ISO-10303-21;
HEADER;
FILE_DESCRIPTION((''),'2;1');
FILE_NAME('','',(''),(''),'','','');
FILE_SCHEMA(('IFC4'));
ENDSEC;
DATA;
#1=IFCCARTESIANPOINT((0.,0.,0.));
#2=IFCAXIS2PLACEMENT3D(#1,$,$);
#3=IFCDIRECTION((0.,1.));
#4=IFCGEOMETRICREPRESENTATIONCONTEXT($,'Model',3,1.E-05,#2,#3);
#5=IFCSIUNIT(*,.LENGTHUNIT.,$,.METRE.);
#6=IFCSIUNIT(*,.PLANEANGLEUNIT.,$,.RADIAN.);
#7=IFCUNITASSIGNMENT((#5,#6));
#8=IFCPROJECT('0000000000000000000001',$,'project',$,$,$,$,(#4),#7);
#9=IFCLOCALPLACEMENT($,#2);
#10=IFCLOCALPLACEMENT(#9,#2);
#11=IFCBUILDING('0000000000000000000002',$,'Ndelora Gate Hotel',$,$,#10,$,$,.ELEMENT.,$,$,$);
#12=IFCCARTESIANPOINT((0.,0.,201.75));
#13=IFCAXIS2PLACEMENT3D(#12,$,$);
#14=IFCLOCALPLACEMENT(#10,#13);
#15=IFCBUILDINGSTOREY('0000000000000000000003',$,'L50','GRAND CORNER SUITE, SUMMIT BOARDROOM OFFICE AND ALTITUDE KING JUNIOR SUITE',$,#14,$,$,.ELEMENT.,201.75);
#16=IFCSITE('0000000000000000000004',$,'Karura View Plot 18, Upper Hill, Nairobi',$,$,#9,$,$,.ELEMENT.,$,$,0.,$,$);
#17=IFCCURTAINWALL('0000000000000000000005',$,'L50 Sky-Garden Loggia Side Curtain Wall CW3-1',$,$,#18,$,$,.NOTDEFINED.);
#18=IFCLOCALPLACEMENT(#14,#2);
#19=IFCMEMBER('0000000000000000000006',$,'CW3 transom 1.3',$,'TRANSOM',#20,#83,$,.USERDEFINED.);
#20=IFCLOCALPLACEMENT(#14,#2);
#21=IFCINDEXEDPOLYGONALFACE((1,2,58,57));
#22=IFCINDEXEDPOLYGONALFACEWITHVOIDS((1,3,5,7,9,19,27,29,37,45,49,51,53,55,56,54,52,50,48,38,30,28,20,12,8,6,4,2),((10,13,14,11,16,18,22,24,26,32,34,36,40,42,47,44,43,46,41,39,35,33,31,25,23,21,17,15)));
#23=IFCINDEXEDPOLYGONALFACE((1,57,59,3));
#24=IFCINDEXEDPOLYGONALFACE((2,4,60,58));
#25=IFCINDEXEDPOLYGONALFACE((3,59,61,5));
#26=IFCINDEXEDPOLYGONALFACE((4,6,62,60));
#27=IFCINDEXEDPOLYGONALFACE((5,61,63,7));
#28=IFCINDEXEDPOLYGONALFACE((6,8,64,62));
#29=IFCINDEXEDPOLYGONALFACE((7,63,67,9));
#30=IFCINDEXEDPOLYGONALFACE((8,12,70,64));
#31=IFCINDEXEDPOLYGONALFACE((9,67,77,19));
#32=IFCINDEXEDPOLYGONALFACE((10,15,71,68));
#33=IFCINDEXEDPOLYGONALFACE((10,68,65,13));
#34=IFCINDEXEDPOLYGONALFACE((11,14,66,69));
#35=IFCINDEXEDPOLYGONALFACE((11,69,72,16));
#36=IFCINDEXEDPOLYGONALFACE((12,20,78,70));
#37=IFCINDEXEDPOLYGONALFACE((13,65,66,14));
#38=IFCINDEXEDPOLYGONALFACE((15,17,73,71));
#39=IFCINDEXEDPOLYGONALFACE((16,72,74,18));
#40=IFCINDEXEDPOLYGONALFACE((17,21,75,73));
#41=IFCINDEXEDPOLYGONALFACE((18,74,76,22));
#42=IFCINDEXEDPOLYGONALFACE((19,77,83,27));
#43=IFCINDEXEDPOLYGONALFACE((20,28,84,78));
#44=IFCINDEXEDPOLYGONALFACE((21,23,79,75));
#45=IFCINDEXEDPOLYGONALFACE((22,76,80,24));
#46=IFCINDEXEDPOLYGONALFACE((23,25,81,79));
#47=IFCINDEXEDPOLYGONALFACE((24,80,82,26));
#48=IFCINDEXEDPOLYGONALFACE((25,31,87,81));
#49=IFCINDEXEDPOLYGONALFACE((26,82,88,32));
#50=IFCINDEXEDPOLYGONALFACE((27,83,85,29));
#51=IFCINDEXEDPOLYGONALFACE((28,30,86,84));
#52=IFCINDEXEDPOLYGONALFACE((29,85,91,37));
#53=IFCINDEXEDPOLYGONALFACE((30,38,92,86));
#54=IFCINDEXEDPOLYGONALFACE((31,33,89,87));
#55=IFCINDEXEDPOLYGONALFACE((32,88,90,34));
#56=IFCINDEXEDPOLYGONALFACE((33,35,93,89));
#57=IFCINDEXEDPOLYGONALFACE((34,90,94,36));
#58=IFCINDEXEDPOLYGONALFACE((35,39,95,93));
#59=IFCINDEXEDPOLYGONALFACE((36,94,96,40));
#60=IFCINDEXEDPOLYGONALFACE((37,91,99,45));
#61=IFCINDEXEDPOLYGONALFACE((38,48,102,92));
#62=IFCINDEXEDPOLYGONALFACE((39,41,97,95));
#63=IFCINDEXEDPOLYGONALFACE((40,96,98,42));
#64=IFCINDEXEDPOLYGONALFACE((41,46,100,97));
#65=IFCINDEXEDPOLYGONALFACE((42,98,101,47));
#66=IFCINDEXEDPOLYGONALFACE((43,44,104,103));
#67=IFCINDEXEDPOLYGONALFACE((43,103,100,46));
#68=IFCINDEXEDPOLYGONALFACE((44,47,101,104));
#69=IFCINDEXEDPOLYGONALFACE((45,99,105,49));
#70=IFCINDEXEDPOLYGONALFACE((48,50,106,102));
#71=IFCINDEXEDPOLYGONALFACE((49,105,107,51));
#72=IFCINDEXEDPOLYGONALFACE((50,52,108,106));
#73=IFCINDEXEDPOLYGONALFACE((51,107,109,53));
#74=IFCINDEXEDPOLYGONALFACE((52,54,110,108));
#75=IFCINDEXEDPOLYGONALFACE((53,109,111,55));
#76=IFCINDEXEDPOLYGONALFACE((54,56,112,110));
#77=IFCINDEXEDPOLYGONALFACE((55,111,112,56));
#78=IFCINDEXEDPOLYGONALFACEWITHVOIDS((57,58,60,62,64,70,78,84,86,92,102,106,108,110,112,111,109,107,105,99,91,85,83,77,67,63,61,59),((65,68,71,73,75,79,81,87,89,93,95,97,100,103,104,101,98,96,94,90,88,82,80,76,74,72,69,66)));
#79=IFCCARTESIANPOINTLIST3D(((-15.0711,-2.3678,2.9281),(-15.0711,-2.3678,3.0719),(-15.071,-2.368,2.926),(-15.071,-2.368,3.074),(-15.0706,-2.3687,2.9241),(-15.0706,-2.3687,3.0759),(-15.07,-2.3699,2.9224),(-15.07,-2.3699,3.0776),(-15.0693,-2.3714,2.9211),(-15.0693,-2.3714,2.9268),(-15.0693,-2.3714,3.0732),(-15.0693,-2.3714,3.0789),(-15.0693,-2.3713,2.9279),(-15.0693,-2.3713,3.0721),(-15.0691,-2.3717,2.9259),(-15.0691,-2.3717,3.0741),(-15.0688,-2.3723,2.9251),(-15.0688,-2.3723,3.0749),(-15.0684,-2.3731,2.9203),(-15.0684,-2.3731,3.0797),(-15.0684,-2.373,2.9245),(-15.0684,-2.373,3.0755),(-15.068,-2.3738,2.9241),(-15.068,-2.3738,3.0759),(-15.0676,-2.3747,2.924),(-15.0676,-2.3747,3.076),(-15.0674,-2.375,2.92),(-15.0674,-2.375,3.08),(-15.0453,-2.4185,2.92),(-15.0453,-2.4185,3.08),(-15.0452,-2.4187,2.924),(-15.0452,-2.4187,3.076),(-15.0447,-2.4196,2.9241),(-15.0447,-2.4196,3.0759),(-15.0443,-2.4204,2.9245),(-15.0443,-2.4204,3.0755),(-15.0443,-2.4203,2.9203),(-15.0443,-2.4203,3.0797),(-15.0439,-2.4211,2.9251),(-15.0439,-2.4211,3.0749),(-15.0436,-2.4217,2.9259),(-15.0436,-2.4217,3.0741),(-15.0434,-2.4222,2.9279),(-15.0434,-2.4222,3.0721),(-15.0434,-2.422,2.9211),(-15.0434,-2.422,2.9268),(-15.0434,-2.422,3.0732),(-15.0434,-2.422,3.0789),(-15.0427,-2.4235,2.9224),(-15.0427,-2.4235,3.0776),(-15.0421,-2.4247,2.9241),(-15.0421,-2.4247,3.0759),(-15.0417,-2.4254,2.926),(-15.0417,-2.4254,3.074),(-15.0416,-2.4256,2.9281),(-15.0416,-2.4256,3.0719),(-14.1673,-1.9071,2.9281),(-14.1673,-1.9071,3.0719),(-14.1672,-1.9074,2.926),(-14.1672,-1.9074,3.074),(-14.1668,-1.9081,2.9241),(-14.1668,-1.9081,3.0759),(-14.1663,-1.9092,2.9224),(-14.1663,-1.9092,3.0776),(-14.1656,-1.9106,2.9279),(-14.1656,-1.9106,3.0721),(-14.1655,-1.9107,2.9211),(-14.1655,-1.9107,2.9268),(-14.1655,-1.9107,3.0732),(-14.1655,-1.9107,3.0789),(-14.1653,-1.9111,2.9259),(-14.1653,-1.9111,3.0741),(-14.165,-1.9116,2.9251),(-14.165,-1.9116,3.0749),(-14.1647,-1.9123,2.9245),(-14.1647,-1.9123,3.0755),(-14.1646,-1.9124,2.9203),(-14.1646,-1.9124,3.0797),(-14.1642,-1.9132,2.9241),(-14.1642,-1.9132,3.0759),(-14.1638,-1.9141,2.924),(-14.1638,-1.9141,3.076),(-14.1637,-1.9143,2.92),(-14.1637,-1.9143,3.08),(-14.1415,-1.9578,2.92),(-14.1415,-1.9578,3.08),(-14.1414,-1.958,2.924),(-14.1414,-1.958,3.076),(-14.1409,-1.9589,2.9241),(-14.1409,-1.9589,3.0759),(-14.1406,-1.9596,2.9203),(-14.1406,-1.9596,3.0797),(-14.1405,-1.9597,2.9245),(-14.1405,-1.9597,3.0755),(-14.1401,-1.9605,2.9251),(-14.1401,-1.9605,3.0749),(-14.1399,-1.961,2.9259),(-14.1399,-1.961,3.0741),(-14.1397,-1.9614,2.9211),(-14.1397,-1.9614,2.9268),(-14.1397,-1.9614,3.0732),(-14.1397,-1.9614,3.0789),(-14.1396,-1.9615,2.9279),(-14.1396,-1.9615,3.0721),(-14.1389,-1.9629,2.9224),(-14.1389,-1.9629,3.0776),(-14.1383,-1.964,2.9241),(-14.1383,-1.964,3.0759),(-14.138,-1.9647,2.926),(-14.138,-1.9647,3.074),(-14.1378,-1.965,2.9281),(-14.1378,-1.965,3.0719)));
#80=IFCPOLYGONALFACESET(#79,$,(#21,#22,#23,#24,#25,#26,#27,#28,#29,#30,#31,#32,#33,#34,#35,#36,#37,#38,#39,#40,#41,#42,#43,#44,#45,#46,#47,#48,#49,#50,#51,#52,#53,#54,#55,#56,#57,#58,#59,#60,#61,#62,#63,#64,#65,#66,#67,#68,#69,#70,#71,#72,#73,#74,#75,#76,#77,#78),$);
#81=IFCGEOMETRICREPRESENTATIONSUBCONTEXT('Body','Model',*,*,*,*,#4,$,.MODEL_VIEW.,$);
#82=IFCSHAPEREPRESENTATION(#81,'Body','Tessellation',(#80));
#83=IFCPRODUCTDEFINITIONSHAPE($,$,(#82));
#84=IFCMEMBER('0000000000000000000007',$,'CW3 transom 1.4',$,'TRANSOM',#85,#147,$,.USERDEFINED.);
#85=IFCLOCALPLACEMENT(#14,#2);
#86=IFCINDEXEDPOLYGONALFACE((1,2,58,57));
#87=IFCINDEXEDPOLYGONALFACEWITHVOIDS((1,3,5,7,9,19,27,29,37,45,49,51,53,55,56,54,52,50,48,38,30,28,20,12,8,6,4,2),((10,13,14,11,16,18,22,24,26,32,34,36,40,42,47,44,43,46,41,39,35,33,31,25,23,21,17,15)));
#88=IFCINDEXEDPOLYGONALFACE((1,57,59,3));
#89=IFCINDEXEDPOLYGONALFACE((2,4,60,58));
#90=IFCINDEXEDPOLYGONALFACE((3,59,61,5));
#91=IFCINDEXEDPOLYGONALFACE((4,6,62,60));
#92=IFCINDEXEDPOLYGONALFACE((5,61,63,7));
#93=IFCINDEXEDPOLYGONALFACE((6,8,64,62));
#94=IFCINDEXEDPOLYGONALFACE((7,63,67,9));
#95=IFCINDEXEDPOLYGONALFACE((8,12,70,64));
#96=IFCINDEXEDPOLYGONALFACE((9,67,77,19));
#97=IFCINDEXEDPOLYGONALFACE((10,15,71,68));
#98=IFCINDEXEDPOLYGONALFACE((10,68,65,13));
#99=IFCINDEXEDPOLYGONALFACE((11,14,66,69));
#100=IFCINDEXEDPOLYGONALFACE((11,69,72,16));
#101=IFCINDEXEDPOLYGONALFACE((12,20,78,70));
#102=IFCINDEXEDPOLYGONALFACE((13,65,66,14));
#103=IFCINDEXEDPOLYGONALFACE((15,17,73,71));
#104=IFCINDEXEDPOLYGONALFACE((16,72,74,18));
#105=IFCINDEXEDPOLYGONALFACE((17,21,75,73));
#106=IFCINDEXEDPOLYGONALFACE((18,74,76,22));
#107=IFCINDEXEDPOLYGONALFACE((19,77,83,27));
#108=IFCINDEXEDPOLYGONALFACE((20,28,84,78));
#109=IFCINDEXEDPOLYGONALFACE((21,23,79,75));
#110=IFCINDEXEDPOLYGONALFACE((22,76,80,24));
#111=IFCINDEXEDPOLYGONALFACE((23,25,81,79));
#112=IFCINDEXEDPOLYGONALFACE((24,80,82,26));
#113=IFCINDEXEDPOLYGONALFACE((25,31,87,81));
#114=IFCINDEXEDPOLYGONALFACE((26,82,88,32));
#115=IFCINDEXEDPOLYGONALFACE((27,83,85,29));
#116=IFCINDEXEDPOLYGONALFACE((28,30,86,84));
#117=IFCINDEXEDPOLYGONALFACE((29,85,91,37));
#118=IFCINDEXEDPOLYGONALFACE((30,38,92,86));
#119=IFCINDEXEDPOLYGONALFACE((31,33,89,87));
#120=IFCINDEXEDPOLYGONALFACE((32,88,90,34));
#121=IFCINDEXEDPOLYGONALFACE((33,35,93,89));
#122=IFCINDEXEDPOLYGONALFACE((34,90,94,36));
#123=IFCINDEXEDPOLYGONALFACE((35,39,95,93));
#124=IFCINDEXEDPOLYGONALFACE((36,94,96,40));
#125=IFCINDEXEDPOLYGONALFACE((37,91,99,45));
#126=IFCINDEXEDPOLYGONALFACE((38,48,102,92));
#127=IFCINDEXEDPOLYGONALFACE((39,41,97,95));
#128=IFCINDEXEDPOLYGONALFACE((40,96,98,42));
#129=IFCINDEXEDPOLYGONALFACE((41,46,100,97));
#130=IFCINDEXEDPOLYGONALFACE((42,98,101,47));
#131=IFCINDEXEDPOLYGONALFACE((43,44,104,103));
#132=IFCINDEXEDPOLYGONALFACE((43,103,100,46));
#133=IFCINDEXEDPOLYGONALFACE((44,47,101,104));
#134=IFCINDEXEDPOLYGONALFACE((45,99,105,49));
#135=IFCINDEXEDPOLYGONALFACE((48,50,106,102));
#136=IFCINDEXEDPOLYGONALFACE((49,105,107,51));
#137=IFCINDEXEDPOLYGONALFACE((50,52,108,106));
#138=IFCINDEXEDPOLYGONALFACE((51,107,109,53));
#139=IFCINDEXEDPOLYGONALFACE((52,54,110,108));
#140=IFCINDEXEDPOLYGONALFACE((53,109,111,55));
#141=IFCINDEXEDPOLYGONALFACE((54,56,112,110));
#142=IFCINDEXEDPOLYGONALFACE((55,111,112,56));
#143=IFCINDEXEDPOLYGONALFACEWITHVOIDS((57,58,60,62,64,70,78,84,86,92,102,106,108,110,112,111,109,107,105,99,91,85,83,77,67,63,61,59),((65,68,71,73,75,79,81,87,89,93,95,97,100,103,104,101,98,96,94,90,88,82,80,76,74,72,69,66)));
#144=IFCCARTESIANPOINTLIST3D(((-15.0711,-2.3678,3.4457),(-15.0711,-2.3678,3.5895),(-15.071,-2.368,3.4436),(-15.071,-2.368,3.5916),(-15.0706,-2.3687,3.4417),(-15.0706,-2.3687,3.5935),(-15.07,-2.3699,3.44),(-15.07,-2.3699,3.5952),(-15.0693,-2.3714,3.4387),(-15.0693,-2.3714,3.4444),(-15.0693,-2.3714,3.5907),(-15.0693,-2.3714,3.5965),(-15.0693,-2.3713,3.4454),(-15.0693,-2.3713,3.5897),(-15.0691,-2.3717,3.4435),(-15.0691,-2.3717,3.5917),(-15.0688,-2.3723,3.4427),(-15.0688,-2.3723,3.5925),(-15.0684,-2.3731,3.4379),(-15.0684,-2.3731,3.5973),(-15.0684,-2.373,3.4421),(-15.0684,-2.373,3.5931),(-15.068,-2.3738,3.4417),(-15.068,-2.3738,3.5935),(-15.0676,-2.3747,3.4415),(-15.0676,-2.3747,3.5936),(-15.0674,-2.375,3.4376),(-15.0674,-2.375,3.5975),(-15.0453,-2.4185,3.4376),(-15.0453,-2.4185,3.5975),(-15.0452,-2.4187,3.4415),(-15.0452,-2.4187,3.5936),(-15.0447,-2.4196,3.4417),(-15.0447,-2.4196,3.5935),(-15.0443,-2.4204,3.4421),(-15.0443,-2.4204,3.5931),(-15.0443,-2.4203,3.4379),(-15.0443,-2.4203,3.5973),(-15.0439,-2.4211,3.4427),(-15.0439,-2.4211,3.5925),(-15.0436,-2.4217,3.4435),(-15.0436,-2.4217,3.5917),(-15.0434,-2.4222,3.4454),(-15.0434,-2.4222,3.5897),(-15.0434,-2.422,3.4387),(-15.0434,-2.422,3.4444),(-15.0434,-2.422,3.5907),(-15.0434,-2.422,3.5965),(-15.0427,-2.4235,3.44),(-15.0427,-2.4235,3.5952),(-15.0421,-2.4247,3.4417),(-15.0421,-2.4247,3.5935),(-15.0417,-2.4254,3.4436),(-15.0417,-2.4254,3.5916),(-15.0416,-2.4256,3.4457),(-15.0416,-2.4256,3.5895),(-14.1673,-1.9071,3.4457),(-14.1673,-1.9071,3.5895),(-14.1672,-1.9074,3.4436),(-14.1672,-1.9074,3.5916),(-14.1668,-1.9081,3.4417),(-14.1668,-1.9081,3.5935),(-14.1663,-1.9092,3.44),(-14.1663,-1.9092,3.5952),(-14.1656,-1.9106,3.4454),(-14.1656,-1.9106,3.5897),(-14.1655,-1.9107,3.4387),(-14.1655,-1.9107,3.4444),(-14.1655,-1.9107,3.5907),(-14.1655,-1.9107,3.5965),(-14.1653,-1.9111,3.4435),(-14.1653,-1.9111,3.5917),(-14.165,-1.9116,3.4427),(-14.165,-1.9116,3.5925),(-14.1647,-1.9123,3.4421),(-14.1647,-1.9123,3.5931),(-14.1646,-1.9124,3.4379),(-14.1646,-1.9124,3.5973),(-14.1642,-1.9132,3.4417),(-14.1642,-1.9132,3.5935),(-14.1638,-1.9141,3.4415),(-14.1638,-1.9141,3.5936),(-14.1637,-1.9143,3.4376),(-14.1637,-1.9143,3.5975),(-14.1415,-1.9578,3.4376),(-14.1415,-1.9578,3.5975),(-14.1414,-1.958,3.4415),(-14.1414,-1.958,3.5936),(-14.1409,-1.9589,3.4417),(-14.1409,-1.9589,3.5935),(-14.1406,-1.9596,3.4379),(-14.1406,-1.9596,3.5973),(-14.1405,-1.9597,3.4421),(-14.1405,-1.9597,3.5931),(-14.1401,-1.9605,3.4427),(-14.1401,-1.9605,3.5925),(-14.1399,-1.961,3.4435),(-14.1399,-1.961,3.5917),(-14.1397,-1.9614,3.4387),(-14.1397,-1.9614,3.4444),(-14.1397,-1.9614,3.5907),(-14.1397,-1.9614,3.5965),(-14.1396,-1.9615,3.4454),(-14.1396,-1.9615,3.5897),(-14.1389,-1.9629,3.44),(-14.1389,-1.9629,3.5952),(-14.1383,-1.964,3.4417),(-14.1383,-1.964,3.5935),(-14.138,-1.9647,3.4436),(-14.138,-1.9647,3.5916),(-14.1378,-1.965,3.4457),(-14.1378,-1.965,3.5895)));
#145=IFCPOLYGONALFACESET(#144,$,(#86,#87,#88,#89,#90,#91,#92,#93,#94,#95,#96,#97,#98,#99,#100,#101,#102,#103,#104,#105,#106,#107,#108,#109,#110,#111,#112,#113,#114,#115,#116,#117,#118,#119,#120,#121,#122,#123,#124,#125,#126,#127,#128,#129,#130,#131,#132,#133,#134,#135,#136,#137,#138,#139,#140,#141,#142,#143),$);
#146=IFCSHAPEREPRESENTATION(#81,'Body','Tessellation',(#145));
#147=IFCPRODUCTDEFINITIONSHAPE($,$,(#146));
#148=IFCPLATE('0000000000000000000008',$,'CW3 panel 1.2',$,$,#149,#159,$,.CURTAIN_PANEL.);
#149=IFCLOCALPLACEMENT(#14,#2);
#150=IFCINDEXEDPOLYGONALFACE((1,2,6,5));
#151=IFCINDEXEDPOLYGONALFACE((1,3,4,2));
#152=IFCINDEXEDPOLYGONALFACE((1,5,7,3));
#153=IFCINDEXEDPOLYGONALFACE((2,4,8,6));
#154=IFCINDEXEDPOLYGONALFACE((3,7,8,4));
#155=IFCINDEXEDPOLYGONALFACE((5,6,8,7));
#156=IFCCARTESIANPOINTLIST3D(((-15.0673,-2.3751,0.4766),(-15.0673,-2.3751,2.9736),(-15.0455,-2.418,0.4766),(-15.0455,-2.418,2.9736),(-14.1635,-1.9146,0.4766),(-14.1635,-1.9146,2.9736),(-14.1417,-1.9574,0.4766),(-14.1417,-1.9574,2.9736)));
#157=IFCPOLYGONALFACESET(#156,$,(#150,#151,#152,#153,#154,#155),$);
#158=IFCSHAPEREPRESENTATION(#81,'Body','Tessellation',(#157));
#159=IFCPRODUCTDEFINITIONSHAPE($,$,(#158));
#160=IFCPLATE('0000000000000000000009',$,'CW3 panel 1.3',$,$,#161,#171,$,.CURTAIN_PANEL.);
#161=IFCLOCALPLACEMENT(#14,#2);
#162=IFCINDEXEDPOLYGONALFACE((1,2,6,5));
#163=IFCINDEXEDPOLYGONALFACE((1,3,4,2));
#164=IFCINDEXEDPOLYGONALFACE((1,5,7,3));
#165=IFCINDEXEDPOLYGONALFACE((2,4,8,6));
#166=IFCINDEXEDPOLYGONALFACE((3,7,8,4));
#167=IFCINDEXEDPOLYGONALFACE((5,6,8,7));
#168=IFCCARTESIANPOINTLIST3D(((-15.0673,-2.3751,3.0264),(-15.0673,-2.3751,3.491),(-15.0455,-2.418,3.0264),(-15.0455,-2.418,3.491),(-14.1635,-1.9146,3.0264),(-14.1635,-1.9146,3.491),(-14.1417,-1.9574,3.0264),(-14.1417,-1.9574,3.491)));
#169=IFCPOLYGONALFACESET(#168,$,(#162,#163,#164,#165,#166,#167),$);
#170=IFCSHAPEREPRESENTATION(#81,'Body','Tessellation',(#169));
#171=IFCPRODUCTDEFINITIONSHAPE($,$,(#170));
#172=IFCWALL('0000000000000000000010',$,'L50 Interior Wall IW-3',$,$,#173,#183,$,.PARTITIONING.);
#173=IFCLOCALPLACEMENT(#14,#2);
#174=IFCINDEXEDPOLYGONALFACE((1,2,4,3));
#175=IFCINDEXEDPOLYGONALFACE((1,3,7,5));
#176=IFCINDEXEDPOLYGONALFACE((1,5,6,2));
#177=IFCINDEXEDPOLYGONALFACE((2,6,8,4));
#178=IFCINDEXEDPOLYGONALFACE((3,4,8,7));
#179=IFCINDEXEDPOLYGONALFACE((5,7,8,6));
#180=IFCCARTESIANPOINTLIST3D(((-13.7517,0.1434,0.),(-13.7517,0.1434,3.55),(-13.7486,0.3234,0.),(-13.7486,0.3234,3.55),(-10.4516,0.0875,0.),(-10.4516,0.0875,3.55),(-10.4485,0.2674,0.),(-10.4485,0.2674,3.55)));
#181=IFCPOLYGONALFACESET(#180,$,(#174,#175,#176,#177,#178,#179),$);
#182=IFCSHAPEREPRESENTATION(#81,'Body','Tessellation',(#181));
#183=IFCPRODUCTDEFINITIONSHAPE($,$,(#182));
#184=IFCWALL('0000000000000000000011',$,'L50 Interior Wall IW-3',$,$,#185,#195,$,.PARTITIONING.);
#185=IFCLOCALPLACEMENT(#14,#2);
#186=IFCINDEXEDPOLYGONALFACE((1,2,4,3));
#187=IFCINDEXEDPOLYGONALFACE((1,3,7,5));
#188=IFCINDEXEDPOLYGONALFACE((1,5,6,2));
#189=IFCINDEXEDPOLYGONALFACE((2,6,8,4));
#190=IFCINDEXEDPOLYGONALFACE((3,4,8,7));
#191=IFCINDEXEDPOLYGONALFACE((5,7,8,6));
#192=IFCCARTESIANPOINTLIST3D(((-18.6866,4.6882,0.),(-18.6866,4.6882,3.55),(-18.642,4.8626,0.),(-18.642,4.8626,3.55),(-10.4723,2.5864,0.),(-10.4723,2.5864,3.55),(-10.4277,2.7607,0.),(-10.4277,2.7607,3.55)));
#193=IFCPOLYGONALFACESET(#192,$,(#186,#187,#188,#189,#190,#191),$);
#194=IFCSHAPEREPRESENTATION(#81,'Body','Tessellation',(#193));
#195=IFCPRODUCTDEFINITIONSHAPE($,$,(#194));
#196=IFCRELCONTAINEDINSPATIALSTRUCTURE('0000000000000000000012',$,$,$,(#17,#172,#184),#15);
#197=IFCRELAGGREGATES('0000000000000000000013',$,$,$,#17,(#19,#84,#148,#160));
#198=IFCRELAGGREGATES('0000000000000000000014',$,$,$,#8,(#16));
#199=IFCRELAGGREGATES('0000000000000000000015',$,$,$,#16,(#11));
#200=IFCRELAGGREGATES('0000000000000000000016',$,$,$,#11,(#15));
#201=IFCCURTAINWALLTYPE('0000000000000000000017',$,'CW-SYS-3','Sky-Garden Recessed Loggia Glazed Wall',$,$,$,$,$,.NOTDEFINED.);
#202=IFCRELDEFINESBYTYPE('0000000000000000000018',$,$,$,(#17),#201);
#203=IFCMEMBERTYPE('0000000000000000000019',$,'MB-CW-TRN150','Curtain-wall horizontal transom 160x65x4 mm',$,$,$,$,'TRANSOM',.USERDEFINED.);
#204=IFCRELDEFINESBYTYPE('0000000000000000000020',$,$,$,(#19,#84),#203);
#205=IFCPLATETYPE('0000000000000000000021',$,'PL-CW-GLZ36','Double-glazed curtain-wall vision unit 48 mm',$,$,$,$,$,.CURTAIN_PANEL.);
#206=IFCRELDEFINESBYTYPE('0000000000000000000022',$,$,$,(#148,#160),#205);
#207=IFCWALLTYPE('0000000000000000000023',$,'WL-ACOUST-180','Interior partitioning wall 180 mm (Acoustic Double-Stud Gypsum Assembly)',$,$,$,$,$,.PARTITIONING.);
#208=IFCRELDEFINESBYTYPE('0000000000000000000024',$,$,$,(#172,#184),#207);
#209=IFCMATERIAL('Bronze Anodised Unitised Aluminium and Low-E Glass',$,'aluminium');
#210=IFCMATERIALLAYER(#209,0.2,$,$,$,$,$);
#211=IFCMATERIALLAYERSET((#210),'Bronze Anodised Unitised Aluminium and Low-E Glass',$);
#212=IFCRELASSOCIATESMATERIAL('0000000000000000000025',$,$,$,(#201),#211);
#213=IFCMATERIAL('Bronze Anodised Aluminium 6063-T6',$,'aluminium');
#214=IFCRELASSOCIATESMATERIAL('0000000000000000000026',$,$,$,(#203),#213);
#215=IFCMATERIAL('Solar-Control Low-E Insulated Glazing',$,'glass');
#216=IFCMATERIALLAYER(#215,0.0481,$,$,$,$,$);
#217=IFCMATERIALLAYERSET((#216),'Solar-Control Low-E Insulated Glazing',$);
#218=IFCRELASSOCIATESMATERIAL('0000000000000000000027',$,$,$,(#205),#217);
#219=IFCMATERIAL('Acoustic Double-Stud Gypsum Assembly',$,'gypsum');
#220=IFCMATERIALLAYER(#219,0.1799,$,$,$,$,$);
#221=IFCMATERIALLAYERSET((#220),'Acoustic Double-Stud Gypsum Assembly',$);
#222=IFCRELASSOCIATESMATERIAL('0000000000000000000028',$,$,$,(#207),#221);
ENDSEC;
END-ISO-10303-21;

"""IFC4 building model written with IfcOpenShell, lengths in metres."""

from ifc_helpers import new_model, si_unit, direction, frame, frame_2d, origin, origin_2d, place, context, subcontext, project, spatial, rectangle, hollow_rectangle, extrude, material, layer, layer_set, material_profile, profile_set, type_object, element, aggregate, save


model = new_model("IFC4")

# Units and contexts
model_context = context("Model", 3, precision=1e-05, world=origin(), true_north=direction((0.0, 1.0)))
body_context = subcontext(model_context, "Body", "Model", "MODEL_VIEW")
ifc_project = project(units=[si_unit("LENGTHUNIT", "METRE"), si_unit("PLANEANGLEUNIT", "RADIAN")], contexts=[model_context])

# Site, building, storey
site_placement = place(None, origin())
site = spatial("IfcSite", under=ifc_project, at=site_placement, Name="Karura View Plot 18, Upper Hill, Nairobi", CompositionType="ELEMENT", RefElevation=0.0)
building_placement = place(site_placement, origin())
building = spatial("IfcBuilding", under=site, at=building_placement, Name="Ndelora Gate Hotel", CompositionType="ELEMENT")
storey_placement = place(building_placement, frame((0.0, 0.0, 201.75)))
storey = spatial("IfcBuildingStorey", under=building, at=storey_placement, Name="L50", Description="GRAND CORNER SUITE, SUMMIT BOARDROOM OFFICE AND ALTITUDE KING JUNIOR SUITE", CompositionType="ELEMENT", Elevation=201.75)

# Curtain wall, members, plates
ifc_material_1 = material(Name="Bronze Anodised Unitised Aluminium and Low-E Glass", Category="aluminium")
ifc_layer_1 = layer(ifc_material_1, 0.2)
ifc_layer_set_1 = layer_set([ifc_layer_1], Name="Bronze Anodised Unitised Aluminium and Low-E Glass")
curtain_wall_type = type_object("IfcCurtainWallType", Name="CW-SYS-3", Description="Sky-Garden Recessed Loggia Glazed Wall", PredefinedType="NOTDEFINED", material=ifc_layer_set_1)
curtain_wall_placement = place(storey_placement, origin())
curtain_wall = element("IfcCurtainWall", 1, at=curtain_wall_placement, inside=storey, type_object=curtain_wall_type, Name="L50 Sky-Garden Loggia Side Curtain Wall CW3-1", PredefinedType="NOTDEFINED")
ifc_material_2 = material(Name="Bronze Anodised Aluminium 6063-T6", Category="aluminium")
ifc_material_profile_1 = material_profile(ifc_material_2, hollow_rectangle(XDim=0.0649, YDim=0.1599, WallThickness=0.0039, InnerFilletRadius=0.0039, OuterFilletRadius=0.0081, at=origin_2d()), Name="ALU 160x65x4")
ifc_profile_set_1 = profile_set([ifc_material_profile_1], Name="Bronze Anodised Aluminium 6063-T6")
member_type_1 = type_object("IfcMemberType", Name="MB-CW-TRN150", Description="Curtain-wall horizontal transom 160x65x4 mm", ElementType="TRANSOM", PredefinedType="USERDEFINED", material=ifc_profile_set_1)
member_1_placement = place(storey_placement, frame((-14.1526, -1.936, 3.0), z_axis=(-0.890935, -0.454131, 0.0), x_axis=(0.454131, -0.890935, 0.0)))
member_1 = element("IfcMember", 2, at=member_1_placement, type_object=member_type_1, Name="CW3 transom 1.3", ObjectType="TRANSOM", PredefinedType="USERDEFINED", context=body_context, shape_type="SweptSolid", body=[
    extrude(hollow_rectangle(XDim=0.0649, YDim=0.1599, WallThickness=0.0039, InnerFilletRadius=0.0039, OuterFilletRadius=0.0081, at=origin_2d()), origin(), (0.0, 0.0, 1.0), 1.0144),
])
member_2_placement = place(storey_placement, frame((-14.1526, -1.936, 3.5176), z_axis=(-0.890935, -0.454131, 0.0), x_axis=(0.454131, -0.890935, 0.0)))
member_2 = element("IfcMember", 3, at=member_2_placement, type_object=member_type_1, Name="CW3 transom 1.4", ObjectType="TRANSOM", PredefinedType="USERDEFINED", context=body_context, shape_type="SweptSolid", body=[
    extrude(hollow_rectangle(XDim=0.0649, YDim=0.1599, WallThickness=0.0039, InnerFilletRadius=0.0039, OuterFilletRadius=0.0081, at=origin_2d()), origin(), (0.0, 0.0, 1.0), 1.0144),
])
ifc_material_3 = material(Name="Solar-Control Low-E Insulated Glazing", Category="glass")
ifc_layer_2 = layer(ifc_material_3, 0.0481)
ifc_layer_set_2 = layer_set([ifc_layer_2], Name="Solar-Control Low-E Insulated Glazing")
plate_type = type_object("IfcPlateType", Name="PL-CW-GLZ36", Description="Double-glazed curtain-wall vision unit 48 mm", PredefinedType="CURTAIN_PANEL", material=ifc_layer_set_2)
plate_1_placement = place(storey_placement, frame((-14.6045, -2.1663, 0.4766), z_axis=(0.0, 0.0, 1.0), x_axis=(-0.891001, -0.454001, 0.0)))
plate_1 = element("IfcPlate", 4, at=plate_1_placement, type_object=plate_type, Name="CW3 panel 1.2", PredefinedType="CURTAIN_PANEL", context=body_context, shape_type="SweptSolid", body=[
    extrude(rectangle(XDim=1.0144, YDim=0.0481, at=origin_2d()), origin(), (0.0, 0.0, 1.0), 2.4971),
])
plate_2_placement = place(storey_placement, frame((-14.6045, -2.1663, 3.0264), z_axis=(0.0, 0.0, 1.0), x_axis=(-0.891001, -0.454001, 0.0)))
plate_2 = element("IfcPlate", 5, at=plate_2_placement, type_object=plate_type, Name="CW3 panel 1.3", PredefinedType="CURTAIN_PANEL", context=body_context, shape_type="SweptSolid", body=[
    extrude(rectangle(XDim=1.0144, YDim=0.0481, at=origin_2d()), origin(), (0.0, 0.0, 1.0), 0.4646),
])
aggregate(curtain_wall, [member_1, member_2, plate_1, plate_2])

# Walls
ifc_material_4 = material(Name="Acoustic Double-Stud Gypsum Assembly", Category="gypsum")
ifc_layer_3 = layer(ifc_material_4, 0.1799)
ifc_layer_set_3 = layer_set([ifc_layer_3], Name="Acoustic Double-Stud Gypsum Assembly")
wall_type_1 = type_object("IfcWallType", Name="WL-ACOUST-180", Description="Interior partitioning wall 180 mm (Acoustic Double-Stud Gypsum Assembly)", PredefinedType="PARTITIONING", material=ifc_layer_set_3)
wall_1_placement = place(storey_placement, frame((-10.45, 0.1775, 0.0), z_axis=(0.0, 0.0, 1.0), x_axis=(-0.999857, 0.016939, 0.0)))
element("IfcWall", 6, at=wall_1_placement, inside=storey, type_object=wall_type_1, Name="L50 Interior Wall IW-3", PredefinedType="PARTITIONING", context=body_context, shape_type="SweptSolid", body=[
    extrude(rectangle(XDim=3.3005, YDim=0.1799, at=frame_2d((1.6504, 0.0))), origin(), (0.0, 0.0, 1.0), 3.55),
])
wall_2_placement = place(storey_placement, frame((-10.45, 2.6736, 0.0), z_axis=(0.0, 0.0, 1.0), x_axis=(-0.96879, 0.247884, 0.0)))
element("IfcWall", 7, at=wall_2_placement, inside=storey, type_object=wall_type_1, Name="L50 Interior Wall IW-3", PredefinedType="PARTITIONING", context=body_context, shape_type="SweptSolid", body=[
    extrude(rectangle(XDim=8.479, YDim=0.1799, at=frame_2d((4.2395, 0.0))), origin(), (0.0, 0.0, 1.0), 3.55),
])

save(model, "model.ifc")
